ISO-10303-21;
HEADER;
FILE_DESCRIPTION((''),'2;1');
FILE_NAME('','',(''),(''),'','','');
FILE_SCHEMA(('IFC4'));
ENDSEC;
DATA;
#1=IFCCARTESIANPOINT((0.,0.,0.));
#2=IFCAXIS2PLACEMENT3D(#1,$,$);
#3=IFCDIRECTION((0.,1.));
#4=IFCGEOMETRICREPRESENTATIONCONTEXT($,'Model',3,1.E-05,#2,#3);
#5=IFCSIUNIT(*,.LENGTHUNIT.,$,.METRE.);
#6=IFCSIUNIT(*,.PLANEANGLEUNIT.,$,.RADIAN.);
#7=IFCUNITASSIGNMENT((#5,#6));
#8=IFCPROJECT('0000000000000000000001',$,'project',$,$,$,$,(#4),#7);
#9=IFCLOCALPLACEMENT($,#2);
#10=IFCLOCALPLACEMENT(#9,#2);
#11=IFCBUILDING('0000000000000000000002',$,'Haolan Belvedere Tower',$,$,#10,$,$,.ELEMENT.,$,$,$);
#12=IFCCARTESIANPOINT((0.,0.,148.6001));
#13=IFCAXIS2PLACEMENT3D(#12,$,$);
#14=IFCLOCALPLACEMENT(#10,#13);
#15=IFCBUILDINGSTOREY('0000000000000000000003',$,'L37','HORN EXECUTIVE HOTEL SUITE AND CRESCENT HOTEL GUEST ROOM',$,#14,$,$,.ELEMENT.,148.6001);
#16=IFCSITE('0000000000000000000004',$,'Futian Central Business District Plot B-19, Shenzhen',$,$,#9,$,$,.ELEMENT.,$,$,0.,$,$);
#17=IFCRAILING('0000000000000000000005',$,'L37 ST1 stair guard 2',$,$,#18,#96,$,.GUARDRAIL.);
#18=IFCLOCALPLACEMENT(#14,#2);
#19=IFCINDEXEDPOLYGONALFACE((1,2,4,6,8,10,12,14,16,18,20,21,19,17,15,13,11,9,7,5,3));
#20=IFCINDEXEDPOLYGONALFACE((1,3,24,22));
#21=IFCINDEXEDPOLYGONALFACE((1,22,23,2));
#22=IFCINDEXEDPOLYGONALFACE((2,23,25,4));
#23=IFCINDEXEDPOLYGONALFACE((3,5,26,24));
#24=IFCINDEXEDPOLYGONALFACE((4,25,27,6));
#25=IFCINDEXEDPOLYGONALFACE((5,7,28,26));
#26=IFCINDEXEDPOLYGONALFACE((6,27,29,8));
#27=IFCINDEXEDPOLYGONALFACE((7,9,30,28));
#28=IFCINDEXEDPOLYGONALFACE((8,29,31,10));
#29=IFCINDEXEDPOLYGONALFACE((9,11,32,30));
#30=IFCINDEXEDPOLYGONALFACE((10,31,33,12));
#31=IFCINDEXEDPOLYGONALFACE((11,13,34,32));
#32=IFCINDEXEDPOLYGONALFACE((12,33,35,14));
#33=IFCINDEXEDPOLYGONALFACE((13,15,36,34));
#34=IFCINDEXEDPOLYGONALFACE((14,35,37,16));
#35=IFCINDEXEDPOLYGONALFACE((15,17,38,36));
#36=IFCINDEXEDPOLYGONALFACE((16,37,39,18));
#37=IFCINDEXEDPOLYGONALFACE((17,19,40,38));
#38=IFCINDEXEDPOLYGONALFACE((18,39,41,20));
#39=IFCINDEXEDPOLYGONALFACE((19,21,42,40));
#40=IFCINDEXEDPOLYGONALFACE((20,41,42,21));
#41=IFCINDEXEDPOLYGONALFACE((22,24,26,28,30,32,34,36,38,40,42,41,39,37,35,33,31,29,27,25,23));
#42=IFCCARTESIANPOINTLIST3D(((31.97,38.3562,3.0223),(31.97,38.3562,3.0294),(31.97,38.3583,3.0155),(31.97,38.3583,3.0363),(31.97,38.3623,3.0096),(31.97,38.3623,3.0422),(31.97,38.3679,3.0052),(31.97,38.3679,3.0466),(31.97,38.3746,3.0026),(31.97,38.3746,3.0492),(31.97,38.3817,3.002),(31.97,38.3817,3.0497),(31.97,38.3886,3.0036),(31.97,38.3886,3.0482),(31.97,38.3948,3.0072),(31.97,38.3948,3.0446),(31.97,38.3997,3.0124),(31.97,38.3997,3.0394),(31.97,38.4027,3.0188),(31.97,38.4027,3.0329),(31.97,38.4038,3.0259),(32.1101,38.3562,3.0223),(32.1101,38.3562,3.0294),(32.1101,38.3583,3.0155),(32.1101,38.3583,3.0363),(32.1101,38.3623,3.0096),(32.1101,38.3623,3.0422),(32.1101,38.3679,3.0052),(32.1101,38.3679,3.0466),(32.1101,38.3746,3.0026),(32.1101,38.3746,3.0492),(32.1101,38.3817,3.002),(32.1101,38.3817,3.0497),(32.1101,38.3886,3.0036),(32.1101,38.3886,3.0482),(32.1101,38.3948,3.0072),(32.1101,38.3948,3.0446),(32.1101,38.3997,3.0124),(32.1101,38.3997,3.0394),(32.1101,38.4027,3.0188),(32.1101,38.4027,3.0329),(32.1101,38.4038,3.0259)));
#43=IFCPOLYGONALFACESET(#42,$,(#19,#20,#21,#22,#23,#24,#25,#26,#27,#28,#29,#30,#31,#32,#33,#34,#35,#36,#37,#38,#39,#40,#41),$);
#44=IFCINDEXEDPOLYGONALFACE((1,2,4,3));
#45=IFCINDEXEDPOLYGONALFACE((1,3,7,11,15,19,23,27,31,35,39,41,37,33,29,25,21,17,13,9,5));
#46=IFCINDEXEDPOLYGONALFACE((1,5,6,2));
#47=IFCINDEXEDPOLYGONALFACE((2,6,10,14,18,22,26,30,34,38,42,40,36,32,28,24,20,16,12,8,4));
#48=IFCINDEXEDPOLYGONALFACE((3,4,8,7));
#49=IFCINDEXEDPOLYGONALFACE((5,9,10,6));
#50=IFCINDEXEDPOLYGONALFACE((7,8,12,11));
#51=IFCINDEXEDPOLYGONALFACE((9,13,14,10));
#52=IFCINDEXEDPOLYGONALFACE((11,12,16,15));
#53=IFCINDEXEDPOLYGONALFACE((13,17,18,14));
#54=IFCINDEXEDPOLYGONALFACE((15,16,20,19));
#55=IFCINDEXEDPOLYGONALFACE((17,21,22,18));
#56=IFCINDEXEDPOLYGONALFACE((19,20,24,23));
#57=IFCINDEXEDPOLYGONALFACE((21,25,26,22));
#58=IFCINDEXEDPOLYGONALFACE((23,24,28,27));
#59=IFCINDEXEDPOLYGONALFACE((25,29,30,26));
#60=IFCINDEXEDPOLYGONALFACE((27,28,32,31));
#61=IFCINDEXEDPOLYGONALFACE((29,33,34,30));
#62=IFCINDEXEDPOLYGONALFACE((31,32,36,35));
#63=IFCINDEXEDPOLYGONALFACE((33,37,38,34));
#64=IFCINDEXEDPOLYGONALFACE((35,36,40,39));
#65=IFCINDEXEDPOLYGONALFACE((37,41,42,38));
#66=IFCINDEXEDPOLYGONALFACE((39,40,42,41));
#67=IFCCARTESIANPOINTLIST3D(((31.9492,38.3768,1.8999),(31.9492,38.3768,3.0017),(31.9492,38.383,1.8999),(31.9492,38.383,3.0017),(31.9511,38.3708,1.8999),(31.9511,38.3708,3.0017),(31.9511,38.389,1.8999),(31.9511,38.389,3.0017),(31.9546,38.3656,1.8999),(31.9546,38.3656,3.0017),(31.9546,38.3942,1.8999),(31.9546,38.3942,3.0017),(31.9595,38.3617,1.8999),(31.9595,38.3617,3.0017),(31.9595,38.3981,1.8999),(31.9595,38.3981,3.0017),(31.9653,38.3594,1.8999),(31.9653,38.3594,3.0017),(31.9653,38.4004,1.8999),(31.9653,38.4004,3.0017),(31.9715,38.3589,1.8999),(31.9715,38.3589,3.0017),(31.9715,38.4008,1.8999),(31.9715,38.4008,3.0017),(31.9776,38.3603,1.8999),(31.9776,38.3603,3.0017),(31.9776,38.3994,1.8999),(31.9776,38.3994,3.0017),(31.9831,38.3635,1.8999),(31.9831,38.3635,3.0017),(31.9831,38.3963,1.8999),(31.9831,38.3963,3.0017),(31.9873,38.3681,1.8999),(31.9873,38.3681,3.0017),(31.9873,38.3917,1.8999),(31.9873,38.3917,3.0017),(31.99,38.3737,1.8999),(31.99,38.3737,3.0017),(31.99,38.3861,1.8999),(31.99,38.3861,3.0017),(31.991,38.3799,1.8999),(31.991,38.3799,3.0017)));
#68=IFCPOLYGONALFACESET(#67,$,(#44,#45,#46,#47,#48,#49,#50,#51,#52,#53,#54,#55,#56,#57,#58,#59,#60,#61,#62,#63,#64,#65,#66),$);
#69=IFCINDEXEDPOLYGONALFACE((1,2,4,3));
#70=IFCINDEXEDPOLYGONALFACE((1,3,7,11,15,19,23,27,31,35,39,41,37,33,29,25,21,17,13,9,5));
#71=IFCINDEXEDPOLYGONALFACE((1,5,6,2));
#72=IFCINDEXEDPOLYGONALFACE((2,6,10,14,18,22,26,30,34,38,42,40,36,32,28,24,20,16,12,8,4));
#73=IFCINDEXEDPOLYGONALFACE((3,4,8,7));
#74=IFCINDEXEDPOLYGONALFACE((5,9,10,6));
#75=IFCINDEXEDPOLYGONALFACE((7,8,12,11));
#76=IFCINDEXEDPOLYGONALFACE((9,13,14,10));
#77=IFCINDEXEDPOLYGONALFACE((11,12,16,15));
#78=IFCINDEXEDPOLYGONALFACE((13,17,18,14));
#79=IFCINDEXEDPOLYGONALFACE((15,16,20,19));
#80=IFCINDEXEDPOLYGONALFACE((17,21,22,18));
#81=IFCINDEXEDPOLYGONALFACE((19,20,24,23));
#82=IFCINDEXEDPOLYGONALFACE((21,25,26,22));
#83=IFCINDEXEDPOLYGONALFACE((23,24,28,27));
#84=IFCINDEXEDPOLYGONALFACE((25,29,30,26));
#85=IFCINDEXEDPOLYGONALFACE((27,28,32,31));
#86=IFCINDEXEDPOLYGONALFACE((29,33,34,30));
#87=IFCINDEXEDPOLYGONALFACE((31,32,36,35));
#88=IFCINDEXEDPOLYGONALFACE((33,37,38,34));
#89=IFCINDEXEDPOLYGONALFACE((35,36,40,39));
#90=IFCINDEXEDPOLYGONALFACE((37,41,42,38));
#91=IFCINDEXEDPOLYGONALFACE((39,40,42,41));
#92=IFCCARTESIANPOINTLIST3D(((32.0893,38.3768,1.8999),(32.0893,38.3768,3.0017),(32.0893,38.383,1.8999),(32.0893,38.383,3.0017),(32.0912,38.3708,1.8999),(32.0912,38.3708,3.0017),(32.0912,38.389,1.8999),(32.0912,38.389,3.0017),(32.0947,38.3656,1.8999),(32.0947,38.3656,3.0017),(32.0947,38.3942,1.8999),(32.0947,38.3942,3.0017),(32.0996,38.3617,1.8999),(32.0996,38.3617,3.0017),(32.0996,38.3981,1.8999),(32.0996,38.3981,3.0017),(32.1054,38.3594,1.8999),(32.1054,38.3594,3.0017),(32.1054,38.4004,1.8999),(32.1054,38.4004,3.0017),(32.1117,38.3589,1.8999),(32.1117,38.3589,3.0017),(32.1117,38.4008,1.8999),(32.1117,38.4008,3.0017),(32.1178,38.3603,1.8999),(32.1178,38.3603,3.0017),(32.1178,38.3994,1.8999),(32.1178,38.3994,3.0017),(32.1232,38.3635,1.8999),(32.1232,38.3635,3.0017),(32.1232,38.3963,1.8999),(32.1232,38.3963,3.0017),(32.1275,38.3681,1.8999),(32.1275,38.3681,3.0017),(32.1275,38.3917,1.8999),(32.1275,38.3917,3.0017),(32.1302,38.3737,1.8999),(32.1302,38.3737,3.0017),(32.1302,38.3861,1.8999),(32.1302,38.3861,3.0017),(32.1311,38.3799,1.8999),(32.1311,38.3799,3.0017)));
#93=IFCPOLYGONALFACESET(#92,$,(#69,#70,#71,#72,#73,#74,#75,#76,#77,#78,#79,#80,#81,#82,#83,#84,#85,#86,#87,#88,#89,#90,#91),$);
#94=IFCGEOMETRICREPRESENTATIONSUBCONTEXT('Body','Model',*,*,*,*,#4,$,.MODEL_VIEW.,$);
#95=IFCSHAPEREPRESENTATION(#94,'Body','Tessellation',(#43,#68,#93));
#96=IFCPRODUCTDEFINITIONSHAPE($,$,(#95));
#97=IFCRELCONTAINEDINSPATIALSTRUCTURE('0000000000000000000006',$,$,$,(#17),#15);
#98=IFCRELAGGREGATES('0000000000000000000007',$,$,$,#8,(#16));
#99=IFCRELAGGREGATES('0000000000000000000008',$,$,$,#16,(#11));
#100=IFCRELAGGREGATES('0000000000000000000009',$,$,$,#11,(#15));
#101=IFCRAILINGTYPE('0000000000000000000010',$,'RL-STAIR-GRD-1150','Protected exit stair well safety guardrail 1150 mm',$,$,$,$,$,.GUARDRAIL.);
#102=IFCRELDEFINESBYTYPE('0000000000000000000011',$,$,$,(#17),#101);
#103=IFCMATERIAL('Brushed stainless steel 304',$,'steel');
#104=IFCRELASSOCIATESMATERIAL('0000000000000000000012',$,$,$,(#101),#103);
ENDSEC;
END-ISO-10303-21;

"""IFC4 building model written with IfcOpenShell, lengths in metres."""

from ifc_helpers import new_model, si_unit, direction, frame, origin, origin_2d, place, context, subcontext, project, spatial, circle, extrude, material, type_object, element, save


model = new_model("IFC4")

# Units and contexts
model_context = context("Model", 3, precision=1e-05, world=origin(), true_north=direction((0.0, 1.0)))
body_context = subcontext(model_context, "Body", "Model", "MODEL_VIEW")
ifc_project = project(units=[si_unit("LENGTHUNIT", "METRE"), si_unit("PLANEANGLEUNIT", "RADIAN")], contexts=[model_context])

# Site, building, storey
site_placement = place(None, origin())
site = spatial("IfcSite", under=ifc_project, at=site_placement, Name="Futian Central Business District Plot B-19, Shenzhen", CompositionType="ELEMENT", RefElevation=0.0)
building_placement = place(site_placement, origin())
building = spatial("IfcBuilding", under=site, at=building_placement, Name="Haolan Belvedere Tower", CompositionType="ELEMENT")
storey_placement = place(building_placement, frame((0.0, 0.0, 148.6001)))
storey = spatial("IfcBuildingStorey", under=building, at=storey_placement, Name="L37", Description="HORN EXECUTIVE HOTEL SUITE AND CRESCENT HOTEL GUEST ROOM", CompositionType="ELEMENT", Elevation=148.6001)

# Railing
ifc_material_1 = material(Name="Brushed stainless steel 304", Category="steel")
railing_type_1 = type_object("IfcRailingType", Name="RL-STAIR-GRD-1150", Description="Protected exit stair well safety guardrail 1150 mm", PredefinedType="GUARDRAIL", material=ifc_material_1)
railing_1_placement = place(storey_placement, frame((31.97, 38.3799, 1.8999)))
element("IfcRailing", 1, at=railing_1_placement, inside=storey, type_object=railing_type_1, Name="L37 ST1 stair guard 2", PredefinedType="GUARDRAIL", context=body_context, shape_type="SweptSolid", body=[
    extrude(circle(Radius=0.0239, at=origin_2d()), frame((0.0, 0.0, 1.126), z_axis=(1.0, 0.0, 0.0), x_axis=(0.0, 1.0, 0.0)), (0.0, 0.0, 1.0), 0.1401),
    extrude(circle(Radius=0.021, at=origin_2d()), origin(), (0.0, 0.0, 1.0), 1.1018),
    extrude(circle(Radius=0.021, at=origin_2d()), frame((0.1401, 0.0, 0.0)), (0.0, 0.0, 1.0), 1.1018),
])

save(model, "model.ifc")
